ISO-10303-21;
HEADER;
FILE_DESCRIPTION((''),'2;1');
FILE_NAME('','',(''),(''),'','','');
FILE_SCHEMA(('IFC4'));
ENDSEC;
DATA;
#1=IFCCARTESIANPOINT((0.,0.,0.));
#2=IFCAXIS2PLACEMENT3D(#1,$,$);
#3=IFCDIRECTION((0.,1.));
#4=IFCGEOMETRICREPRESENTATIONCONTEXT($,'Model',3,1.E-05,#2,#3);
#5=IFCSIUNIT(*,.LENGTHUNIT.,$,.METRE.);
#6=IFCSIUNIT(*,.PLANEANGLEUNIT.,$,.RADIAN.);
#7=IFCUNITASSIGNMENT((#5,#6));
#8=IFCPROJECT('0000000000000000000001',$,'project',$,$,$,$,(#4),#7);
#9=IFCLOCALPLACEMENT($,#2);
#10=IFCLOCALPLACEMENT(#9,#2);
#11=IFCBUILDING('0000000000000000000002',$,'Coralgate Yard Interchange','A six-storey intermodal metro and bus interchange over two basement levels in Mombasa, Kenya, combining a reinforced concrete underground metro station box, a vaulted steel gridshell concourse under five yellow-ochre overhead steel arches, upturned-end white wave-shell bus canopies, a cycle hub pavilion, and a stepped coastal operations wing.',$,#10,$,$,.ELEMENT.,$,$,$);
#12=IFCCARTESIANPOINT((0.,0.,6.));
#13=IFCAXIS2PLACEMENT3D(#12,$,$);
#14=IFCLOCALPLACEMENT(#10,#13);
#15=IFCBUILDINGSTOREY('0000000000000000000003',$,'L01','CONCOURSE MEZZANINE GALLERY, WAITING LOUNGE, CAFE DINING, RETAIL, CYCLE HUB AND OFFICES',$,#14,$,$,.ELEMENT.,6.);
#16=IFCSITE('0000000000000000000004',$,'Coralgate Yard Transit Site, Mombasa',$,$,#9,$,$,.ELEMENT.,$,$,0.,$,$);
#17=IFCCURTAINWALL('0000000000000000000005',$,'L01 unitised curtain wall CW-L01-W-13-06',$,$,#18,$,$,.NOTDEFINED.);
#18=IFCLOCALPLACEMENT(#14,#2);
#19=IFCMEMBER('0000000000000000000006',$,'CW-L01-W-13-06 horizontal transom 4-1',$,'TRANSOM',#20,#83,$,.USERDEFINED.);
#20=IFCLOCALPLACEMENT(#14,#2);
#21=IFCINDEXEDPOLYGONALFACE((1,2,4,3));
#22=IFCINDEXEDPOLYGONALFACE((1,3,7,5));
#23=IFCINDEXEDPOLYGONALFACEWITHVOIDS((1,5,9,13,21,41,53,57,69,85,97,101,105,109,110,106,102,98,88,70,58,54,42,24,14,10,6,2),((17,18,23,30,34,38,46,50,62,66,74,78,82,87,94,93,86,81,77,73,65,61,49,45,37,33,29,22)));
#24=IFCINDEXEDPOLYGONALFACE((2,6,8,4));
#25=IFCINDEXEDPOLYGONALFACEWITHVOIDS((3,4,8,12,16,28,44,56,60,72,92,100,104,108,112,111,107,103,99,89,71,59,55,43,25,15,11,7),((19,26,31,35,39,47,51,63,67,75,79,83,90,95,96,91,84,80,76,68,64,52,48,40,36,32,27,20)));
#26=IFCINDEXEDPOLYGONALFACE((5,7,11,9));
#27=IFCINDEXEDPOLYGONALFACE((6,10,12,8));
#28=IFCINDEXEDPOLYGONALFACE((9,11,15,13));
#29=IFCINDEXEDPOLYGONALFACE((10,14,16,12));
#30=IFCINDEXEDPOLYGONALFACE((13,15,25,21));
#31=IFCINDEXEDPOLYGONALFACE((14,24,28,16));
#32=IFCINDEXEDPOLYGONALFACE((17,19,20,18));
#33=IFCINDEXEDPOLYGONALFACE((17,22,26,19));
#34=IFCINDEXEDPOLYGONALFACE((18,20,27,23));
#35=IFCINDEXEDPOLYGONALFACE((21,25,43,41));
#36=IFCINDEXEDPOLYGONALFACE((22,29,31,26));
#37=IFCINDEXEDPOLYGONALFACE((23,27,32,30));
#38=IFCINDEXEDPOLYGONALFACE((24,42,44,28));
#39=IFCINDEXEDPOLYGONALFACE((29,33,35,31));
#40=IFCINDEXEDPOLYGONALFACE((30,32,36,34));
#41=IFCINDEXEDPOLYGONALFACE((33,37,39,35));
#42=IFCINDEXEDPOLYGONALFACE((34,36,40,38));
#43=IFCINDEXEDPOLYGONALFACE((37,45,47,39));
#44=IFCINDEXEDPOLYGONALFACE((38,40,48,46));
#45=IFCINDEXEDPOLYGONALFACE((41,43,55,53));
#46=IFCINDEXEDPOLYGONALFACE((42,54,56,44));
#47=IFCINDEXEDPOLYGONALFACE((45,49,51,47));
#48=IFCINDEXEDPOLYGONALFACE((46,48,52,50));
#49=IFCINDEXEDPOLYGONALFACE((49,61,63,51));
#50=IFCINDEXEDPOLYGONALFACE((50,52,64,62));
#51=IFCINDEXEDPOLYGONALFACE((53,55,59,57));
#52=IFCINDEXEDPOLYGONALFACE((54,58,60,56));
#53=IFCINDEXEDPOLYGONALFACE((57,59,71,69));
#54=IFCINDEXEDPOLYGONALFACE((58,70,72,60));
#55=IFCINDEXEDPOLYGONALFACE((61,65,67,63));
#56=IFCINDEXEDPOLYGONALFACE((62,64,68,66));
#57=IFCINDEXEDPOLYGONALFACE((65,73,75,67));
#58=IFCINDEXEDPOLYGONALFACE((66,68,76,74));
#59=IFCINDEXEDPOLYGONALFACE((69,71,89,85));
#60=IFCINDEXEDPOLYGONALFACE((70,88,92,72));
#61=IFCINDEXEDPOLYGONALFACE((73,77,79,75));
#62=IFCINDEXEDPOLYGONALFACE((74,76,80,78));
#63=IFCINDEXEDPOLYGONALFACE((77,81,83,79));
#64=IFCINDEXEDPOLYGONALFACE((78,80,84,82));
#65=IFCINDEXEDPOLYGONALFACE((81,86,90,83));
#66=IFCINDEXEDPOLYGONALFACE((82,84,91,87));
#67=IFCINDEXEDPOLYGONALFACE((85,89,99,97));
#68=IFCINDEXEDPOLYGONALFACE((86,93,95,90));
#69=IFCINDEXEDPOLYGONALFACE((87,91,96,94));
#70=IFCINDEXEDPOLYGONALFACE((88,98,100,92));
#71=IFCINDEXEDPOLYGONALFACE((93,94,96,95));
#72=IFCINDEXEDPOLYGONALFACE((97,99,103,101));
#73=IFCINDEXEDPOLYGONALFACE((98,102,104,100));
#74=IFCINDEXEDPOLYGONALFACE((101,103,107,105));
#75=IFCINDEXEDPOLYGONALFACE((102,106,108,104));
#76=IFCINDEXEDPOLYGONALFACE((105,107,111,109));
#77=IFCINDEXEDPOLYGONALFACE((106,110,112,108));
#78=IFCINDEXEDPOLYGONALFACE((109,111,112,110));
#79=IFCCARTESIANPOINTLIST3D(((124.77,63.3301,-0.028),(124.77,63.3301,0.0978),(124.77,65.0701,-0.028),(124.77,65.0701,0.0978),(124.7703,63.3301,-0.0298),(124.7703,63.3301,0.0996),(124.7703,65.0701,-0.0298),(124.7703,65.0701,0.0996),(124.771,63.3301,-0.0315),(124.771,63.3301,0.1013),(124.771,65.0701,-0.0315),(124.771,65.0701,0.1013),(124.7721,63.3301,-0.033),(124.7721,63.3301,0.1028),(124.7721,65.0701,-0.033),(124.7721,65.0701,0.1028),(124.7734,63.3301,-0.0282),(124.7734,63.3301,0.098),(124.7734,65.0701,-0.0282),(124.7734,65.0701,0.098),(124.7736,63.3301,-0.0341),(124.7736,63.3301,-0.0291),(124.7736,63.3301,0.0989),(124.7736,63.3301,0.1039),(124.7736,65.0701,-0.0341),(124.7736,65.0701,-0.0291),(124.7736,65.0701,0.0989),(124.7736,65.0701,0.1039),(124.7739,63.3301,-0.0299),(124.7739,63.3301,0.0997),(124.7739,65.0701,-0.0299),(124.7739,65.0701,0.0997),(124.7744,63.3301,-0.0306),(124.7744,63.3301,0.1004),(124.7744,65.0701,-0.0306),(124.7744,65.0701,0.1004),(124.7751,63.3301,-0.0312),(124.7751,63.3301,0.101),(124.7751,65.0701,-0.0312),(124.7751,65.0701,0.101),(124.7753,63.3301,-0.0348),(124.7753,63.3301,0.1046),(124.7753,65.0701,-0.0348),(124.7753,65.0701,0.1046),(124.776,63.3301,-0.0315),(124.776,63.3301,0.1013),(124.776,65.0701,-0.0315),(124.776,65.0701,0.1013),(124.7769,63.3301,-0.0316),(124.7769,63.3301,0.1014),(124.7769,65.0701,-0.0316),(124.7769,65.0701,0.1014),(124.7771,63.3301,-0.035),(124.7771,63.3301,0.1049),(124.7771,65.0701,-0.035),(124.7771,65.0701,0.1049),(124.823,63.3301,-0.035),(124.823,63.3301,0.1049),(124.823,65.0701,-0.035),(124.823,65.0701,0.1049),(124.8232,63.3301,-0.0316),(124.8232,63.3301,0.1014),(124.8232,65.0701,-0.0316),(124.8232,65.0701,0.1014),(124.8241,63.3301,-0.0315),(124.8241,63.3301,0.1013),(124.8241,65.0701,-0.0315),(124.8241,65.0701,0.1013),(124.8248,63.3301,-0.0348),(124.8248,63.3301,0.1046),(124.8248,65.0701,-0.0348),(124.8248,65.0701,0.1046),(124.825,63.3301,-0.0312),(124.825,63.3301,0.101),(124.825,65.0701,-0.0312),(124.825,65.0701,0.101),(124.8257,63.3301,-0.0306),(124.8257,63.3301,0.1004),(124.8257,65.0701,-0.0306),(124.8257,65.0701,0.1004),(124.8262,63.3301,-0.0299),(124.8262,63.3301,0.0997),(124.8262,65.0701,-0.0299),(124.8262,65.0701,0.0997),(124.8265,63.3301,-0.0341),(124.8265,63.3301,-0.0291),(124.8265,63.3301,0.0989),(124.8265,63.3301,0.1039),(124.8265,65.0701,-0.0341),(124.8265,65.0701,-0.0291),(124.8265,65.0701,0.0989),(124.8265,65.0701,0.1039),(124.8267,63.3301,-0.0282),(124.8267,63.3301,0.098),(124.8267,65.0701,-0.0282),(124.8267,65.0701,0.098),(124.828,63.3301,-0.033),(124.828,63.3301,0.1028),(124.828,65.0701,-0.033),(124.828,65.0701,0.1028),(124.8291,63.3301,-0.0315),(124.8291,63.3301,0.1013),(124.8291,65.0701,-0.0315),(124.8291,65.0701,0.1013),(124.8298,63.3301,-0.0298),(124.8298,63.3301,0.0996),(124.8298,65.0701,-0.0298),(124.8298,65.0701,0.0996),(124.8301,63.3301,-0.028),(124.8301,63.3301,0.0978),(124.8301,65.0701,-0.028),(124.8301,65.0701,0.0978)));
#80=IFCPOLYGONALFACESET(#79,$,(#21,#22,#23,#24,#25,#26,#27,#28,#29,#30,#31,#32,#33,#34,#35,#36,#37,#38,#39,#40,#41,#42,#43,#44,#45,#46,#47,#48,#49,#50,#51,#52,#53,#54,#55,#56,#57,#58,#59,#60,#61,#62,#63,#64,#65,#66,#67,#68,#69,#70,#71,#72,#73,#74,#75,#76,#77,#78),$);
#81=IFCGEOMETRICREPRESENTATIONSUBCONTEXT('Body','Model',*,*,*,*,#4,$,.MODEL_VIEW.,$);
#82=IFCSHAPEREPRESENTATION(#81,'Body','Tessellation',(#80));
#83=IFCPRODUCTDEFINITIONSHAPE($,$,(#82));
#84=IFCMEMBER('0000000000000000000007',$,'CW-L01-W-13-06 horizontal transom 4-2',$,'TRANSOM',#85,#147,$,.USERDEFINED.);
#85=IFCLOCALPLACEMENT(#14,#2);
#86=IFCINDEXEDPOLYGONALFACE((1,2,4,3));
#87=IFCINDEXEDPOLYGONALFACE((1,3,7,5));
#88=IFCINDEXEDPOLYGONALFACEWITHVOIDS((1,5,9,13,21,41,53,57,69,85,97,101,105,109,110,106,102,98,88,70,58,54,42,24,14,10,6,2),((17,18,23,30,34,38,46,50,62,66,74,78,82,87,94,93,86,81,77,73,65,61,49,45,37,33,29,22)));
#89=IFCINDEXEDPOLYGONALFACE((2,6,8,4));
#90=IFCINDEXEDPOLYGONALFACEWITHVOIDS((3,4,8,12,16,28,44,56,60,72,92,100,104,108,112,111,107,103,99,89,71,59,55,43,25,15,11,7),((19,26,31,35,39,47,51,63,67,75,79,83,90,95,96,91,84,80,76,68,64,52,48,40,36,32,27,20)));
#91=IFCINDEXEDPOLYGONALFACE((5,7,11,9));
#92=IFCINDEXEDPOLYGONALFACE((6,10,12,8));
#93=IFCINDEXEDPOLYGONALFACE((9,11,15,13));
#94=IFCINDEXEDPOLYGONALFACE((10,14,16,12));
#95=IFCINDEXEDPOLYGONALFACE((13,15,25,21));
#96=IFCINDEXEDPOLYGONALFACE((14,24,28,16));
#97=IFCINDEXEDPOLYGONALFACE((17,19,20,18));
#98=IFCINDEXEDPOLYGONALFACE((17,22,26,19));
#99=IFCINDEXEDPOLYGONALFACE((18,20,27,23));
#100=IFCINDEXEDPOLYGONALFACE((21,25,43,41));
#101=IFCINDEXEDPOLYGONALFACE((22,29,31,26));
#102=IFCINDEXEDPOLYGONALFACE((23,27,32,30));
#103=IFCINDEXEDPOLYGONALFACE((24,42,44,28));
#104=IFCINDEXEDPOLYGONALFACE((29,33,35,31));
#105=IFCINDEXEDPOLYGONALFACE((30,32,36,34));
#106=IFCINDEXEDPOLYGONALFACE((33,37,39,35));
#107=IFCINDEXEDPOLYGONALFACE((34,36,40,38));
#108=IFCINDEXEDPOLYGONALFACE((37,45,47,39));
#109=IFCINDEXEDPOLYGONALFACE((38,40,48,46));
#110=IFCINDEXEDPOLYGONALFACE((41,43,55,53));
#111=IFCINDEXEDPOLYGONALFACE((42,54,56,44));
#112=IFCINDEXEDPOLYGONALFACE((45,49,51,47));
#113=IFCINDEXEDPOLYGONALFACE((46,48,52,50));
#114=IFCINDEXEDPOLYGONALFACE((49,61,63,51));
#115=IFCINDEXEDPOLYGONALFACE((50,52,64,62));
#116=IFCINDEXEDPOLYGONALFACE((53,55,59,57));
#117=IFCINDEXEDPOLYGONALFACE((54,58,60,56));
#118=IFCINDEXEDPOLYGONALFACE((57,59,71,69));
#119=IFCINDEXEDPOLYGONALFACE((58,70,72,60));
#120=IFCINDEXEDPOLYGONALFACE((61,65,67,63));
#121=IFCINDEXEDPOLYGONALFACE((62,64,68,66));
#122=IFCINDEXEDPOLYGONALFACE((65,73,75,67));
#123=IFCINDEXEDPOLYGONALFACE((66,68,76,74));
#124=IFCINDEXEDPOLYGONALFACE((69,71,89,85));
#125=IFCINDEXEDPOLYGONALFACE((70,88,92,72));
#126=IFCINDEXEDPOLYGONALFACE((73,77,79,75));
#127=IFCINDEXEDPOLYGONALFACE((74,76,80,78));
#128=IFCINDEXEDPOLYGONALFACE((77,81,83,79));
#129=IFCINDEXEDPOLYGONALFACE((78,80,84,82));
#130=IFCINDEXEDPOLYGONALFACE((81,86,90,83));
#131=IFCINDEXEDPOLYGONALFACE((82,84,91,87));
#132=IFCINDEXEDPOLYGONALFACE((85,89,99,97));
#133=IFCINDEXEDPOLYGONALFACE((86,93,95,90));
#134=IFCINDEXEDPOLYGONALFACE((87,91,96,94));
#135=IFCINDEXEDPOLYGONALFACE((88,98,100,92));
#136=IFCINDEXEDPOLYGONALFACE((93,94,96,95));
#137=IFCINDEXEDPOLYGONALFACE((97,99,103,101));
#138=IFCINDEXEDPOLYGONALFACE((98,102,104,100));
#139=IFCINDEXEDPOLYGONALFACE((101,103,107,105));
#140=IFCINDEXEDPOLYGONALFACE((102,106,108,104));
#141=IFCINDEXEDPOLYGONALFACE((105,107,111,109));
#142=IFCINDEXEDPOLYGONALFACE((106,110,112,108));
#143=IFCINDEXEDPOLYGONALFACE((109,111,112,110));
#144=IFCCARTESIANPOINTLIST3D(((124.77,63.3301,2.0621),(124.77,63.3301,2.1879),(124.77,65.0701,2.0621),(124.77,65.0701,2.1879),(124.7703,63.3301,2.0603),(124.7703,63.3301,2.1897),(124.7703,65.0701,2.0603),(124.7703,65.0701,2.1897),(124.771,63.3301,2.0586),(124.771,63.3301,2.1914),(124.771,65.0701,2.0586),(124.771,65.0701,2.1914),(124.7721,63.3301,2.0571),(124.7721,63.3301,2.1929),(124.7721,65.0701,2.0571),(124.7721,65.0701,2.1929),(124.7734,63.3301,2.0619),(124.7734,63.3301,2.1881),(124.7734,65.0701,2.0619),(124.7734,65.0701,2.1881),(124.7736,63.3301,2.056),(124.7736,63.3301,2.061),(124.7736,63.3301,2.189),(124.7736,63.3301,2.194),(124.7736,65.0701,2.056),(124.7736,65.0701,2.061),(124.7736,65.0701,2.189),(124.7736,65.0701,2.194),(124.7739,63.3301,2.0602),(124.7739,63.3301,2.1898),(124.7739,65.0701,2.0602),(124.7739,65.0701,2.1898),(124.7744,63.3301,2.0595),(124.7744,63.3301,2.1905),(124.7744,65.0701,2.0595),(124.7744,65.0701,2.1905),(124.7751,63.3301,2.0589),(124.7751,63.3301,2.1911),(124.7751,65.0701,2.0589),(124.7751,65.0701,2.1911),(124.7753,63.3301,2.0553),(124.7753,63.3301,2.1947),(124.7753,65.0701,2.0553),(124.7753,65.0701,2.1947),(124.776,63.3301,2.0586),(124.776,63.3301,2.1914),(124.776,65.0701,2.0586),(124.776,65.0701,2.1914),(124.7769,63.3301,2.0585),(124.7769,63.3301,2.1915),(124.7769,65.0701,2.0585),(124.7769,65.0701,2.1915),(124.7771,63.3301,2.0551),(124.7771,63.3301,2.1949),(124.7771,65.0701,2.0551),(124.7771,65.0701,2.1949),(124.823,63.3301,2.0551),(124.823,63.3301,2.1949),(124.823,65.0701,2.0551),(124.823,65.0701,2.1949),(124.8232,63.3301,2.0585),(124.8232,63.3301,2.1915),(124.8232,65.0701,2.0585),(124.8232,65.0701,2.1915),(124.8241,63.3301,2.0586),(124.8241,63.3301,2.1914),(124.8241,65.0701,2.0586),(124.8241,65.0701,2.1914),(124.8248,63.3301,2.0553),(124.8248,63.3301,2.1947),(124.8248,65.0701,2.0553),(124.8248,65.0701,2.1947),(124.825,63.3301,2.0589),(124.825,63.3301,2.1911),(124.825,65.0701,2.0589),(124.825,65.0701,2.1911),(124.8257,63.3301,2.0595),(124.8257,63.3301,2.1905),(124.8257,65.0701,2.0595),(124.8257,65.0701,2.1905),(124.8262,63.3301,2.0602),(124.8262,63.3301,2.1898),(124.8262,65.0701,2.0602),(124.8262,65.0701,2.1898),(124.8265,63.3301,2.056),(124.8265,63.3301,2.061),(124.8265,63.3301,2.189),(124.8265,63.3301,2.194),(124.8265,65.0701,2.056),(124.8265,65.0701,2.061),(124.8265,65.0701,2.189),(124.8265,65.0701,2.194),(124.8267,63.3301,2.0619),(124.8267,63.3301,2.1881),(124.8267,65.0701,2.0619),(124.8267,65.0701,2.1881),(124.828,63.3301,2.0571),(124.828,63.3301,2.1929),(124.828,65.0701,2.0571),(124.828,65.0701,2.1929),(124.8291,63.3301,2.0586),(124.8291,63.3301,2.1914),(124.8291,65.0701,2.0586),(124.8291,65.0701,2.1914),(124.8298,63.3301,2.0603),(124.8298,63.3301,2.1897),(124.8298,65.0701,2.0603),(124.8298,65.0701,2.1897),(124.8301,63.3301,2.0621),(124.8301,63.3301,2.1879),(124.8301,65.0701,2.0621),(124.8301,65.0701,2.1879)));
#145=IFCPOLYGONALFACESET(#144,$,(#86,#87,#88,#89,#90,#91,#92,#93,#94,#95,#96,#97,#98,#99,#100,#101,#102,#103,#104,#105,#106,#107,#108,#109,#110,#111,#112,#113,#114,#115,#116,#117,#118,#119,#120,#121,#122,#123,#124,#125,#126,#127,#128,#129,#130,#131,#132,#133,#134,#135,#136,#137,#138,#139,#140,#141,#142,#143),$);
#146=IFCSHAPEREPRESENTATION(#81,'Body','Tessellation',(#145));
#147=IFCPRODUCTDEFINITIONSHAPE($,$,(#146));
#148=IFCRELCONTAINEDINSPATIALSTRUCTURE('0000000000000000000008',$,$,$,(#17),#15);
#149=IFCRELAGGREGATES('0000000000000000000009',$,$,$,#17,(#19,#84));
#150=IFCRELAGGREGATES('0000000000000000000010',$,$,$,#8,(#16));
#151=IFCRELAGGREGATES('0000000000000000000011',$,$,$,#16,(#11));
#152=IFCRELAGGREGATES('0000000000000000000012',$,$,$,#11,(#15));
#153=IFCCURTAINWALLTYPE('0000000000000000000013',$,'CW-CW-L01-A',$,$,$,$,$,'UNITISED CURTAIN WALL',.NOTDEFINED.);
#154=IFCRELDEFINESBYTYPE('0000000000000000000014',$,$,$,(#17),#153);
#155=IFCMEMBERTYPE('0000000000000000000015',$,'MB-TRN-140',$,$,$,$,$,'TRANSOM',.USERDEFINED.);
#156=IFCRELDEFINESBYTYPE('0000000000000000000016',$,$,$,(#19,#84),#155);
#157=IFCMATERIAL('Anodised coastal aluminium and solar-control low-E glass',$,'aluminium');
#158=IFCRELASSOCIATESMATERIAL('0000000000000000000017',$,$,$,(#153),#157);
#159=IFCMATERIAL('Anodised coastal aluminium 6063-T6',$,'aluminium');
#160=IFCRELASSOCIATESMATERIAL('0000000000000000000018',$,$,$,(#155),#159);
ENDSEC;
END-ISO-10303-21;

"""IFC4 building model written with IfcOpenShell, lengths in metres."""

from ifc_helpers import new_model, si_unit, direction, frame, origin, origin_2d, place, context, subcontext, project, spatial, hollow_rectangle, extrude, material, material_profile, profile_set, type_object, element, aggregate, save


model = new_model("IFC4")

# Units and contexts
model_context = context("Model", 3, precision=1e-05, world=origin(), true_north=direction((0.0, 1.0)))
body_context = subcontext(model_context, "Body", "Model", "MODEL_VIEW")
ifc_project = project(units=[si_unit("LENGTHUNIT", "METRE"), si_unit("PLANEANGLEUNIT", "RADIAN")], contexts=[model_context])

# Site, building, storey
site_placement = place(None, origin())
site = spatial("IfcSite", under=ifc_project, at=site_placement, Name="Coralgate Yard Transit Site, Mombasa", CompositionType="ELEMENT", RefElevation=0.0)
building_placement = place(site_placement, origin())
building = spatial("IfcBuilding", under=site, at=building_placement, Name="Coralgate Yard Interchange", Description="A six-storey intermodal metro and bus interchange over two basement levels in Mombasa, Kenya, combining a reinforced concrete underground metro station box, a vaulted steel gridshell concourse under five yellow-ochre overhead steel arches, upturned-end white wave-shell bus canopies, a cycle hub pavilion, and a stepped coastal operations wing.", CompositionType="ELEMENT")
storey_placement = place(building_placement, frame((0.0, 0.0, 6.0)))
storey = spatial("IfcBuildingStorey", under=building, at=storey_placement, Name="L01", Description="CONCOURSE MEZZANINE GALLERY, WAITING LOUNGE, CAFE DINING, RETAIL, CYCLE HUB AND OFFICES", CompositionType="ELEMENT", Elevation=6.0)

# Curtain wall
ifc_material_1 = material(Name="Anodised coastal aluminium and solar-control low-E glass", Category="aluminium")
curtain_wall_type = type_object("IfcCurtainWallType", Name="CW-CW-L01-A", ElementType="UNITISED CURTAIN WALL", PredefinedType="NOTDEFINED", material=ifc_material_1)
ifc_material_2 = material(Name="Anodised coastal aluminium 6063-T6", Category="aluminium")
curtain_wall_1_placement = place(storey_placement, origin())
curtain_wall_1 = element("IfcCurtainWall", 1, at=curtain_wall_1_placement, inside=storey, type_object=curtain_wall_type, Name="L01 unitised curtain wall CW-L01-W-13-06", PredefinedType="NOTDEFINED")

# Members
ifc_material_profile_1 = material_profile(ifc_material_2, hollow_rectangle(XDim=0.0601, YDim=0.1399, WallThickness=0.0034, InnerFilletRadius=0.0034, OuterFilletRadius=0.0071, at=origin_2d()), Name="ALU 60x140x3.5")
ifc_profile_set_1 = profile_set([ifc_material_profile_1], Name="Anodised coastal aluminium 6063-T6")
member_type_1 = type_object("IfcMemberType", Name="MB-TRN-140", ElementType="TRANSOM", PredefinedType="USERDEFINED", material=ifc_profile_set_1)
member_1_placement = place(storey_placement, frame((124.8, 63.3301, 0.0349), z_axis=(0.0, 1.0, 0.0), x_axis=(-1.0, 0.0, 0.0)))
member_1 = element("IfcMember", 2, at=member_1_placement, type_object=member_type_1, Name="CW-L01-W-13-06 horizontal transom 4-1", ObjectType="TRANSOM", PredefinedType="USERDEFINED", context=body_context, shape_type="SweptSolid", body=[
    extrude(hollow_rectangle(XDim=0.0601, YDim=0.1399, WallThickness=0.0034, InnerFilletRadius=0.0034, OuterFilletRadius=0.0071, at=origin_2d()), origin(), (0.0, 0.0, 1.0), 1.74),
])
member_2_placement = place(storey_placement, frame((124.8, 63.3301, 2.125), z_axis=(0.0, 1.0, 0.0), x_axis=(-1.0, 0.0, 0.0)))
member_2 = element("IfcMember", 3, at=member_2_placement, type_object=member_type_1, Name="CW-L01-W-13-06 horizontal transom 4-2", ObjectType="TRANSOM", PredefinedType="USERDEFINED", context=body_context, shape_type="SweptSolid", body=[
    extrude(hollow_rectangle(XDim=0.0601, YDim=0.1399, WallThickness=0.0034, InnerFilletRadius=0.0034, OuterFilletRadius=0.0071, at=origin_2d()), origin(), (0.0, 0.0, 1.0), 1.74),
])

aggregate(curtain_wall_1, [member_1, member_2])

save(model, "model.ifc")
